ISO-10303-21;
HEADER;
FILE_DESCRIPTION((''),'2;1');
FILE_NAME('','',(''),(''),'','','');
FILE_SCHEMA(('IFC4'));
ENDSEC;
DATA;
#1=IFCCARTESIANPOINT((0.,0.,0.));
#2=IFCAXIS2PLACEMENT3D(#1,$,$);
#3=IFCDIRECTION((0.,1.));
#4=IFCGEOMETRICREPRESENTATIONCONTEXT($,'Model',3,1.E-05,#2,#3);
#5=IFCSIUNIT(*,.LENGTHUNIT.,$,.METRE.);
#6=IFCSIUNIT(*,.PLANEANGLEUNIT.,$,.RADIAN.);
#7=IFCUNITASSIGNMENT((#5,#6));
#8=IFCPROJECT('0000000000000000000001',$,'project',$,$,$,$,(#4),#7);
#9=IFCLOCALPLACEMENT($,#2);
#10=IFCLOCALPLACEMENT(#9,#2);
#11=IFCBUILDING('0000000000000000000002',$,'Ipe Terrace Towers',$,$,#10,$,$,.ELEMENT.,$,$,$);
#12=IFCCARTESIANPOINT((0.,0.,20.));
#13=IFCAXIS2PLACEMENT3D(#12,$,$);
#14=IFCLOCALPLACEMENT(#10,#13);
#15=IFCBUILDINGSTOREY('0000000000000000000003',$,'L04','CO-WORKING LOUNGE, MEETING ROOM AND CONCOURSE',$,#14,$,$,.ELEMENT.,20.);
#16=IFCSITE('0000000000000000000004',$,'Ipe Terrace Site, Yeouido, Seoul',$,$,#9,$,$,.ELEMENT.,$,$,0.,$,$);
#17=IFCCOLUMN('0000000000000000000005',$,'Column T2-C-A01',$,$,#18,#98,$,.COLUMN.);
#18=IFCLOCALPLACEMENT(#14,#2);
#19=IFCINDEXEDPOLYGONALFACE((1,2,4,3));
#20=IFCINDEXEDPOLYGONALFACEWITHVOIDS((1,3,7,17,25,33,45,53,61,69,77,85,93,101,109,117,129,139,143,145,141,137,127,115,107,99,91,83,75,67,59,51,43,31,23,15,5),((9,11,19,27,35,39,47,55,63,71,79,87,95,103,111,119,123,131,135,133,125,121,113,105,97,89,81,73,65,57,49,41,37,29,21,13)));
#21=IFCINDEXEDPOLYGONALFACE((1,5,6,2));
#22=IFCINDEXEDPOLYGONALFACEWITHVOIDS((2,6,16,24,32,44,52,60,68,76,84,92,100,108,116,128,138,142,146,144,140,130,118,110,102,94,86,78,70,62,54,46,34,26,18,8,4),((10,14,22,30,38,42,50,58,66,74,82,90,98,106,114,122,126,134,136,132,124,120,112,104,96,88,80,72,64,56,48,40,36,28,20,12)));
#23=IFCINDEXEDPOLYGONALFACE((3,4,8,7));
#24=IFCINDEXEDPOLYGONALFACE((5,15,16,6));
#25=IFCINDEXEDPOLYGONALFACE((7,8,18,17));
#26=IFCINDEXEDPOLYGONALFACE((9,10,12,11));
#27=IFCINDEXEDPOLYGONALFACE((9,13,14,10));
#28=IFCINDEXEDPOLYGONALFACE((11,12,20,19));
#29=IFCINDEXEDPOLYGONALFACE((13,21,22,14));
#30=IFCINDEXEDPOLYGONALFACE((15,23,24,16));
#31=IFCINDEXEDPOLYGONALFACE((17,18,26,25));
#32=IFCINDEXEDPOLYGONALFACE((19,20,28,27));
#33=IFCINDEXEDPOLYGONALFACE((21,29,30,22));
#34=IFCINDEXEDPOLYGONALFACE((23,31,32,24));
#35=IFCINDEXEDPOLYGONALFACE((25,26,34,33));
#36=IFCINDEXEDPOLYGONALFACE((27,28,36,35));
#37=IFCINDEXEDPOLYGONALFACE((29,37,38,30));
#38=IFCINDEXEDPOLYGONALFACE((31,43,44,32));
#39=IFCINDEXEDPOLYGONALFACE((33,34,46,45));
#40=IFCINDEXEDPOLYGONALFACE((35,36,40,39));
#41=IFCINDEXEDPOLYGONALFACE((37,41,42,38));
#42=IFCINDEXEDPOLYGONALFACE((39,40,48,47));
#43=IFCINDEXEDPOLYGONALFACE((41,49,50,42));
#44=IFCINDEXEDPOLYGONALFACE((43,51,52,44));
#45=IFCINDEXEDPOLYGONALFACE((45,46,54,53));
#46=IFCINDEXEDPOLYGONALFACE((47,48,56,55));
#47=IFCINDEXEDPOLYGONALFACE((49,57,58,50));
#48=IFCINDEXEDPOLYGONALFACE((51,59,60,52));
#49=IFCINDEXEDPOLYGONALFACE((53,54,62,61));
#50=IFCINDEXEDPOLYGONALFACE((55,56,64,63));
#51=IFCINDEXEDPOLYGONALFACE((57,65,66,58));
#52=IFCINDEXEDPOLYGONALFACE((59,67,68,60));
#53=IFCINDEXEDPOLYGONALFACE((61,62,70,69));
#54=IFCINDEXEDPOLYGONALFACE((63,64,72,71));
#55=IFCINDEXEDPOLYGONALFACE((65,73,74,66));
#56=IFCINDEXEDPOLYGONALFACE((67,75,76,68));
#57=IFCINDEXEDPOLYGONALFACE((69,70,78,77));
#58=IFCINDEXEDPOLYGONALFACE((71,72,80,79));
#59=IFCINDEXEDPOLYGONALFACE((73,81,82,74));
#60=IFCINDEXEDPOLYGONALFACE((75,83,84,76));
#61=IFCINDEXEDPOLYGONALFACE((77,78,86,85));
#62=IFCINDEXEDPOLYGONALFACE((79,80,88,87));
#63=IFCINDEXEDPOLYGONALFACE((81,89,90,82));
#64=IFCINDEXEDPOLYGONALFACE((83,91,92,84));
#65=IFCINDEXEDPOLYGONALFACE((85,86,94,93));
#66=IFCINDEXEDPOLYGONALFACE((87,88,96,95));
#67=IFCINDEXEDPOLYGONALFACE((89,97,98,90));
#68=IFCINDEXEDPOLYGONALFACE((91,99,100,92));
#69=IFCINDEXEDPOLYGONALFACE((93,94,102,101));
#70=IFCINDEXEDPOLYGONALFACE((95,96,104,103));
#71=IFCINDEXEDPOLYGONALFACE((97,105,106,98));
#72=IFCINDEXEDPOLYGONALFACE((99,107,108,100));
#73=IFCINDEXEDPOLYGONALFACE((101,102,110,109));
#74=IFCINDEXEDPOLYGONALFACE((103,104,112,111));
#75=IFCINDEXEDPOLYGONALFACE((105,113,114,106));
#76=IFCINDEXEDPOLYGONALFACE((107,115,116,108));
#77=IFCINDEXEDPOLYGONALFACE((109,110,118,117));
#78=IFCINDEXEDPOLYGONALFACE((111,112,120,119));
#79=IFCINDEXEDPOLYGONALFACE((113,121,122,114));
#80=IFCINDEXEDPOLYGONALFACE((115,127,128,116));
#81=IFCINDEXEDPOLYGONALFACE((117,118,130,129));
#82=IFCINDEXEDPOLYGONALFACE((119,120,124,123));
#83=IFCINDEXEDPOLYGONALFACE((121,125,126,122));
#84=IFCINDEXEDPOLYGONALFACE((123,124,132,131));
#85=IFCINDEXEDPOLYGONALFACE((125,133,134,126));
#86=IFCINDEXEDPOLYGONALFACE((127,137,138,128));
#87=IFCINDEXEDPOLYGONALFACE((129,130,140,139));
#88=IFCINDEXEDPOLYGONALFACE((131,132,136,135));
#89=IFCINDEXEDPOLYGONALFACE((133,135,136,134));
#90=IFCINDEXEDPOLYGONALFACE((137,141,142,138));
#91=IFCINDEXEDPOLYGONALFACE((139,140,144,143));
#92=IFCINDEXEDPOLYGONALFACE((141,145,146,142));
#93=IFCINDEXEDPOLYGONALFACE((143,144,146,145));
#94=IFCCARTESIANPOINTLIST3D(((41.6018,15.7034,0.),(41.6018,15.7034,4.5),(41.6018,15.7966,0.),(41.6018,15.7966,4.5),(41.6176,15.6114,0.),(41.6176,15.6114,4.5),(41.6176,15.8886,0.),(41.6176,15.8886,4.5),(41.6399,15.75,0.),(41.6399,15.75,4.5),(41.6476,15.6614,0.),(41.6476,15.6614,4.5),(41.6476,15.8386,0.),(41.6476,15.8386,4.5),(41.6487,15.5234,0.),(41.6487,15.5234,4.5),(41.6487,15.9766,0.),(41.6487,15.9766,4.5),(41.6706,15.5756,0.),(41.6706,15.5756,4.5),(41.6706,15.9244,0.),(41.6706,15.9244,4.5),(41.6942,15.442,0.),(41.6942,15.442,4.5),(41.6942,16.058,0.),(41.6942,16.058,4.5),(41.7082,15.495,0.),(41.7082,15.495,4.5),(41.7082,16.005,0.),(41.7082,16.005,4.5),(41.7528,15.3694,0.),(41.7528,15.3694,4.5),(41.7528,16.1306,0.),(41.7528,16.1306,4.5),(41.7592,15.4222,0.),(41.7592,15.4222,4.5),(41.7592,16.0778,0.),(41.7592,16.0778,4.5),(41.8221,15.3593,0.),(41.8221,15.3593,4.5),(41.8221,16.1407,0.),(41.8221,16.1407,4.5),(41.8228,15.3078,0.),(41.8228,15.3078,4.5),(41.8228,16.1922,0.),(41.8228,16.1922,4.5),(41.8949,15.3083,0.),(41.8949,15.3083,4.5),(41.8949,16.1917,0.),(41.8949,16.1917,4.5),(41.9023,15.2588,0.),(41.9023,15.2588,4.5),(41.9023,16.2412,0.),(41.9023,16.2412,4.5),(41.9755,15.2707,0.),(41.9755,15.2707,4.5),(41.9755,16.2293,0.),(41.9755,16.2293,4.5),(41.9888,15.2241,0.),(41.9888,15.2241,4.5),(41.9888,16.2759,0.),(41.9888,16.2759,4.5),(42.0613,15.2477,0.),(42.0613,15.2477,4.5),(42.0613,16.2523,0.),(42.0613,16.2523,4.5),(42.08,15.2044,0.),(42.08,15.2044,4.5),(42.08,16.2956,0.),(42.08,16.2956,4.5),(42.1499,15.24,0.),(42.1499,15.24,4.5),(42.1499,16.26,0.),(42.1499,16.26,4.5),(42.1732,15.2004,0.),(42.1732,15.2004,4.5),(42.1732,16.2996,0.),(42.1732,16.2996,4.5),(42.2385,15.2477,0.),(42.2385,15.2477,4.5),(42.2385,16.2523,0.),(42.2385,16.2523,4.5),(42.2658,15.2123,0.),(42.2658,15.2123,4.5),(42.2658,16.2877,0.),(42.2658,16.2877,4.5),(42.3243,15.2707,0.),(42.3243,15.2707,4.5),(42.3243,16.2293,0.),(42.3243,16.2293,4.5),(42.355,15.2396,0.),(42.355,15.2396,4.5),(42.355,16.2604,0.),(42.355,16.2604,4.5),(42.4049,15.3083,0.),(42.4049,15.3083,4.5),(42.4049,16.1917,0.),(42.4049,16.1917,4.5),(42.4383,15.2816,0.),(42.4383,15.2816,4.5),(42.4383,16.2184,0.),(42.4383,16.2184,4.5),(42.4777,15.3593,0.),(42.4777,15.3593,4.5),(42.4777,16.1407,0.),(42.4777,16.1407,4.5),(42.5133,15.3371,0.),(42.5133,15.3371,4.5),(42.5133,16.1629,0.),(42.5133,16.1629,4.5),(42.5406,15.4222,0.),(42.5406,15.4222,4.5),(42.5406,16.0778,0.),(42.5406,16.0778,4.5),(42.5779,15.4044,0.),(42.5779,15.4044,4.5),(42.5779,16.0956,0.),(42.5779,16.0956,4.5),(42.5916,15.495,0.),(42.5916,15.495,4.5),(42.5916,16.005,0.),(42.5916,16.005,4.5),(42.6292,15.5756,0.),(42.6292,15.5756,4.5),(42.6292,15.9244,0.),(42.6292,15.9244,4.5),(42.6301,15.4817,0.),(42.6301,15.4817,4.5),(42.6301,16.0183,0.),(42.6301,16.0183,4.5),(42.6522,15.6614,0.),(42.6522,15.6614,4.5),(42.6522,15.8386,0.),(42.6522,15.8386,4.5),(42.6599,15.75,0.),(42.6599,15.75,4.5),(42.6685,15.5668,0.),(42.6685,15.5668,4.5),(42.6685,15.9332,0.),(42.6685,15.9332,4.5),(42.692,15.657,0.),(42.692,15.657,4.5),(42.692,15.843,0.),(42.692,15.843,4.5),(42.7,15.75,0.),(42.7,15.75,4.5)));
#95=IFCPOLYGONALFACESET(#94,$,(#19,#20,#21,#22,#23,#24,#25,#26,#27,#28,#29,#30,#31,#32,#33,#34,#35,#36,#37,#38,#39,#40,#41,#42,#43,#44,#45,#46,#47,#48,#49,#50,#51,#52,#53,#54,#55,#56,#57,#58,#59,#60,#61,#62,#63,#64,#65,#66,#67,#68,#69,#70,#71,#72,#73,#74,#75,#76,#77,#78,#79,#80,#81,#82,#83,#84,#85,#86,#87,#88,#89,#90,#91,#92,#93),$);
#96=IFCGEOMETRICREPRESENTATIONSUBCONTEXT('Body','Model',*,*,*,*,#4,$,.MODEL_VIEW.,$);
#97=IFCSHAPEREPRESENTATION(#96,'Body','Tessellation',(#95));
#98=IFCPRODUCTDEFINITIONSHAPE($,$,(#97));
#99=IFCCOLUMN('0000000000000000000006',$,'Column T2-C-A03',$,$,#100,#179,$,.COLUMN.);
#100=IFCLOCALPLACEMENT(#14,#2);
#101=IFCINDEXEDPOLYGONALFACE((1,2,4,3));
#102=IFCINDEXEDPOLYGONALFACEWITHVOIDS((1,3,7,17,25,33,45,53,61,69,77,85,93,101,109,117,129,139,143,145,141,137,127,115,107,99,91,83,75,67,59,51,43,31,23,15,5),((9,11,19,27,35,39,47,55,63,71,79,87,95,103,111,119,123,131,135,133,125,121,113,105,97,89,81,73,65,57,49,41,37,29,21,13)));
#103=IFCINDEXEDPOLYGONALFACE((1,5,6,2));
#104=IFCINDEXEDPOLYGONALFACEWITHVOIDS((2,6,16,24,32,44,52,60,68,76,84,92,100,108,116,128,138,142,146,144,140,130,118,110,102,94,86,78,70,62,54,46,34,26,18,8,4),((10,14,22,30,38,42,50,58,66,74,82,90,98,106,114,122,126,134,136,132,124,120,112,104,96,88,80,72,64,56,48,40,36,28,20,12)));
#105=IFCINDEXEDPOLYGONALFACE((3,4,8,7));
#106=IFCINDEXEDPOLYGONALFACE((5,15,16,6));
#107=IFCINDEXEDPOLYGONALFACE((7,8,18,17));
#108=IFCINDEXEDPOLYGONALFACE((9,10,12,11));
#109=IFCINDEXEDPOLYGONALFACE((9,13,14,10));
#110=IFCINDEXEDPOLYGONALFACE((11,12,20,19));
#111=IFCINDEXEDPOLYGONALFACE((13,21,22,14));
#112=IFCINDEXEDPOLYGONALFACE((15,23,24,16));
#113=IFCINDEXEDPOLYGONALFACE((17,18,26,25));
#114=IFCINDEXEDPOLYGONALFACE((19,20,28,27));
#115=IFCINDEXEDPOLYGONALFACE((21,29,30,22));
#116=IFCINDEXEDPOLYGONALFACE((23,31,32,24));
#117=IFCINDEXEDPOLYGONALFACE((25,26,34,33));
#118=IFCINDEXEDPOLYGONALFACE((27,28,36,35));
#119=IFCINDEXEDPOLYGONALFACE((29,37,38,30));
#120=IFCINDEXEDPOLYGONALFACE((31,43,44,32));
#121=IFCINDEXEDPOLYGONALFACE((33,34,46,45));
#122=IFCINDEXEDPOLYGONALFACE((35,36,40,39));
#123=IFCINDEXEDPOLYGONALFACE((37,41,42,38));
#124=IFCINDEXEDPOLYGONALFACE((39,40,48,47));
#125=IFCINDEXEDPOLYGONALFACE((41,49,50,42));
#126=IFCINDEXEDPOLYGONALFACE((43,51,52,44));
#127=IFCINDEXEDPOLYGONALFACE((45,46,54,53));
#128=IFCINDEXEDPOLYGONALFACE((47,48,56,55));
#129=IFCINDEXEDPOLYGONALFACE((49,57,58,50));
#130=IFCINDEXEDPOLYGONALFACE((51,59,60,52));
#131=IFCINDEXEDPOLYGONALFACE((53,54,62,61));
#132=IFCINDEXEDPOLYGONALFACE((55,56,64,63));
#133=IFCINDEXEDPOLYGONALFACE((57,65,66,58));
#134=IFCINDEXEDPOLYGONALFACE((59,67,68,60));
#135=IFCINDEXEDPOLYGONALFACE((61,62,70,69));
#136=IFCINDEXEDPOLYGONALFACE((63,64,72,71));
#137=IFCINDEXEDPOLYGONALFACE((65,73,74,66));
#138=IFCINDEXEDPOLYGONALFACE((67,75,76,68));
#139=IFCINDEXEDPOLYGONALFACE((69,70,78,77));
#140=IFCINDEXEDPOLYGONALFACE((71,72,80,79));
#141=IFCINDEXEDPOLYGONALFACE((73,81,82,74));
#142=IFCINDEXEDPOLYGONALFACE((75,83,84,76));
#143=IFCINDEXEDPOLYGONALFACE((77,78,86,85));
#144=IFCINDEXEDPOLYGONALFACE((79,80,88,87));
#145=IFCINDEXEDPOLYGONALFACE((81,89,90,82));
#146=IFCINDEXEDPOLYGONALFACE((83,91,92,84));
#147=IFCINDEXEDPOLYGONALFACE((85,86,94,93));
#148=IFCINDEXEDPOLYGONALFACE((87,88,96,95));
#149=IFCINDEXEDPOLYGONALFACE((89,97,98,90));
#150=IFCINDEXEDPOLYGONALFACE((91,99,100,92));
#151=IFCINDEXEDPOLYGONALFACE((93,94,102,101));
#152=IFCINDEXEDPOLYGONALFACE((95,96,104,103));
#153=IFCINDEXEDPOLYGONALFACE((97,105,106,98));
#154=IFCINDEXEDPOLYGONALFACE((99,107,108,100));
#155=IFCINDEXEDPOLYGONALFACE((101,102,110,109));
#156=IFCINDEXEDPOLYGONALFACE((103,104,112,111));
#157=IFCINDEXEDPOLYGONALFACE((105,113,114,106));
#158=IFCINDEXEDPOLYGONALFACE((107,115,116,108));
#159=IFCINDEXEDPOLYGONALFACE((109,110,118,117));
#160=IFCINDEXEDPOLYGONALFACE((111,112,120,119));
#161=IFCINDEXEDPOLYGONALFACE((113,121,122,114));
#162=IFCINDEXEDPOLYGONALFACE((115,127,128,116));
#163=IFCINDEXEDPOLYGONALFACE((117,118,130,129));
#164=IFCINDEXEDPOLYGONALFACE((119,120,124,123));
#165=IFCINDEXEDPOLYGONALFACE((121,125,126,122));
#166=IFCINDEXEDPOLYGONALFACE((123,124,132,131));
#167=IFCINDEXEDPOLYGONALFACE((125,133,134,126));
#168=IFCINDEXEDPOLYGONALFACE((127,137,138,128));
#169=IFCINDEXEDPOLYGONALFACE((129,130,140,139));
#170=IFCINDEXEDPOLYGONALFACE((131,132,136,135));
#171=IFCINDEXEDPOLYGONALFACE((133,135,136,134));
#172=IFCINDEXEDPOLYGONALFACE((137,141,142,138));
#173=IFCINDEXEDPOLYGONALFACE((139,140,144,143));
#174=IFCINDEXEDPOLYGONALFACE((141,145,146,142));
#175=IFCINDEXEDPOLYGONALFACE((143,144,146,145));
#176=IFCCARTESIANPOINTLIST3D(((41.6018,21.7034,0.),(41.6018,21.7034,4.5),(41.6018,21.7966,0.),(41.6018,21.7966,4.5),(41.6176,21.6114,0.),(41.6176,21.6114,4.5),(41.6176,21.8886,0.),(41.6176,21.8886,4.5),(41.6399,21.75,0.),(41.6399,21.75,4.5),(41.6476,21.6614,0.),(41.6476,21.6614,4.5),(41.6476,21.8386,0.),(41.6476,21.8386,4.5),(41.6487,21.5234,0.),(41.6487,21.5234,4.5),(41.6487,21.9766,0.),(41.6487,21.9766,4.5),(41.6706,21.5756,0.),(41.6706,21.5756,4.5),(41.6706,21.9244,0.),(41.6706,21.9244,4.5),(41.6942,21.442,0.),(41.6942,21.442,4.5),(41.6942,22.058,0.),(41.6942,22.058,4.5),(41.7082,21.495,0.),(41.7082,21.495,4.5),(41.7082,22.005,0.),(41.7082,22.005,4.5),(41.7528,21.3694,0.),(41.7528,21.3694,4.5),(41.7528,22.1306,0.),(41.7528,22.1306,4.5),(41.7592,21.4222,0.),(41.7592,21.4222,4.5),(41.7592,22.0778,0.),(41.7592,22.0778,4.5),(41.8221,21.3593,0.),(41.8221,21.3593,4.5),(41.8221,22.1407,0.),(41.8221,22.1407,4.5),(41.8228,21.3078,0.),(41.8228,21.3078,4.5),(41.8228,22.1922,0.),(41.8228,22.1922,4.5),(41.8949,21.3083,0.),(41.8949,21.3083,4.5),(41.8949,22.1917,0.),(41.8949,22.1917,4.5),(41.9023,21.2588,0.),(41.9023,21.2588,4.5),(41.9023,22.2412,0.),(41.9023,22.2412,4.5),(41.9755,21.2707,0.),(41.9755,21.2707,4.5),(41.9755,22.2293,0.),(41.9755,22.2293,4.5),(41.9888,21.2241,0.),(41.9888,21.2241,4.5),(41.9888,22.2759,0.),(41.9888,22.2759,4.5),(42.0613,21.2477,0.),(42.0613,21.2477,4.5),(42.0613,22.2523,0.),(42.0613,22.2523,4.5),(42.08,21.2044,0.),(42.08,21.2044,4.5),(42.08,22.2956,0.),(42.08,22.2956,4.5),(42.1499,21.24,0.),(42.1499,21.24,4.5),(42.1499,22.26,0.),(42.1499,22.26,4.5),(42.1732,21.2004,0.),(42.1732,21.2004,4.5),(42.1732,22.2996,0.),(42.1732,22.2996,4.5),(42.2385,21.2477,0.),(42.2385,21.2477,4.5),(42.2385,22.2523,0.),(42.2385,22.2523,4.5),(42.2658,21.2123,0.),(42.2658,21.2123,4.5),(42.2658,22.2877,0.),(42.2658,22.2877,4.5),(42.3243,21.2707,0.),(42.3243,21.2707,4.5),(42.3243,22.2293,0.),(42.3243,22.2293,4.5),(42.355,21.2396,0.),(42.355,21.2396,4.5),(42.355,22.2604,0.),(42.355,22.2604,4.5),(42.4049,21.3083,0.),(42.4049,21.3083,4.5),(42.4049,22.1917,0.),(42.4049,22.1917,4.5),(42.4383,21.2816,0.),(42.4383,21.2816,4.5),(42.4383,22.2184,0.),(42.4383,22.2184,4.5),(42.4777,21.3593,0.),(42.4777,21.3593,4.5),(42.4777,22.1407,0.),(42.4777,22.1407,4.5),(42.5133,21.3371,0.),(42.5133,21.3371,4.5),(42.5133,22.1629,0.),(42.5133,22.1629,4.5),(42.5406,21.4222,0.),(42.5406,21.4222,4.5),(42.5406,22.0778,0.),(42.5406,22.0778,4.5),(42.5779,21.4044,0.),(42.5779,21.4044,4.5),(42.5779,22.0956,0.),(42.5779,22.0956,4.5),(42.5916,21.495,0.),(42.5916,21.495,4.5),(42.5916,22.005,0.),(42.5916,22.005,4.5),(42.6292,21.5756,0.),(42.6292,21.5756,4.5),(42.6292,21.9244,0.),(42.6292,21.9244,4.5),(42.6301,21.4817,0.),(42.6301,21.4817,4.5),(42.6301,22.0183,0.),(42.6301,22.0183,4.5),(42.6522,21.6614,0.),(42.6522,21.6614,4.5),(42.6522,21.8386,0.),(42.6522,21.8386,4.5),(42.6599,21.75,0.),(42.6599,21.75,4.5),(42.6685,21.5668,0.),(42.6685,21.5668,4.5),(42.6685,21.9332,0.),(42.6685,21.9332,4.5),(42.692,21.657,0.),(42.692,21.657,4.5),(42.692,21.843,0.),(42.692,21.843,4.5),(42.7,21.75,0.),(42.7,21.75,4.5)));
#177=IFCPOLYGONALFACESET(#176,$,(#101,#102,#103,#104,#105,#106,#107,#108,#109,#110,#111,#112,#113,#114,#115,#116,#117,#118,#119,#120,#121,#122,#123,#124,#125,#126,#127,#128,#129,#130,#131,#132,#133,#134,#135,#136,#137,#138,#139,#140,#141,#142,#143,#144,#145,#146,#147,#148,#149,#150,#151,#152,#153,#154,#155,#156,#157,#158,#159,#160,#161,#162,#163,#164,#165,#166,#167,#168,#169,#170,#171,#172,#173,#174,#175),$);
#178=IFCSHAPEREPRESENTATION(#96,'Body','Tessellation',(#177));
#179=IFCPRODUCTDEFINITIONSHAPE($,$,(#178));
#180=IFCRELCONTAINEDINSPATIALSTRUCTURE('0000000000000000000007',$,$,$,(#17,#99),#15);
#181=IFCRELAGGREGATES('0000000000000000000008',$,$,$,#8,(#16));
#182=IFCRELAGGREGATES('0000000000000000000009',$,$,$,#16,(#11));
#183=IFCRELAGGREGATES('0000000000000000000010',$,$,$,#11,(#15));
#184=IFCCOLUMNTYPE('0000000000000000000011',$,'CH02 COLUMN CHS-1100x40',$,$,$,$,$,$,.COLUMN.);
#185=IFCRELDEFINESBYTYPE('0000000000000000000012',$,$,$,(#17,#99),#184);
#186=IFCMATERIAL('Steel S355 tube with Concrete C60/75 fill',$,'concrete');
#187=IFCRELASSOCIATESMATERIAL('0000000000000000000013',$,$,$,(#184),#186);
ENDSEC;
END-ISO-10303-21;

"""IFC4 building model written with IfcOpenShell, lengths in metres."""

from ifc_helpers import new_model, si_unit, direction, frame, origin, origin_2d, place, context, subcontext, project, spatial, hollow_circle, extrude, material, material_profile, profile_set, type_object, element, save


model = new_model("IFC4")

# Units and contexts
model_context = context("Model", 3, precision=1e-05, world=origin(), true_north=direction((0.0, 1.0)))
body_context = subcontext(model_context, "Body", "Model", "MODEL_VIEW")
ifc_project = project(units=[si_unit("LENGTHUNIT", "METRE"), si_unit("PLANEANGLEUNIT", "RADIAN")], contexts=[model_context])

# Site, building, storey
site_placement = place(None, origin())
site = spatial("IfcSite", under=ifc_project, at=site_placement, Name="Ipe Terrace Site, Yeouido, Seoul", CompositionType="ELEMENT", RefElevation=0.0)
building_placement = place(site_placement, origin())
building = spatial("IfcBuilding", under=site, at=building_placement, Name="Ipe Terrace Towers", CompositionType="ELEMENT")
storey_placement = place(building_placement, frame((0.0, 0.0, 20.0)))
storey = spatial("IfcBuildingStorey", under=building, at=storey_placement, Name="L04", Description="CO-WORKING LOUNGE, MEETING ROOM AND CONCOURSE", CompositionType="ELEMENT", Elevation=20.0)

# Columns
ifc_material_1 = material(Name="Steel S355 tube with Concrete C60/75 fill", Category="concrete")
ifc_material_profile_1 = material_profile(ifc_material_1, hollow_circle(Radius=0.55, WallThickness=0.04, at=origin_2d()), Name="CHS-1100x40")
ifc_profile_set_1 = profile_set([ifc_material_profile_1], Name="Steel S355 tube with Concrete C60/75 fill")
column_type_1 = type_object("IfcColumnType", Name="CH02 COLUMN CHS-1100x40", PredefinedType="COLUMN", material=ifc_profile_set_1)
for number, where, z_axis, x_axis, name in (
    (1, (42.1499, 15.75, 0.0), (0.0, 0.0, 1.0), (1.0, 0.0, 0.0), "Column T2-C-A01"),
    (2, (42.1499, 21.75, 0.0), (0.0, 0.0, 1.0), (1.0, 0.0, 0.0), "Column T2-C-A03"),
):
    element("IfcColumn", number, at=place(storey_placement, frame(where, z_axis=z_axis, x_axis=x_axis)), inside=storey, type_object=column_type_1, Name=name, PredefinedType="COLUMN", context=body_context, shape_type="SweptSolid", body=[
        extrude(hollow_circle(Radius=0.55, WallThickness=0.04, at=origin_2d()), origin(), (0.0, 0.0, 1.0), 4.5),
    ])

save(model, "model.ifc")
